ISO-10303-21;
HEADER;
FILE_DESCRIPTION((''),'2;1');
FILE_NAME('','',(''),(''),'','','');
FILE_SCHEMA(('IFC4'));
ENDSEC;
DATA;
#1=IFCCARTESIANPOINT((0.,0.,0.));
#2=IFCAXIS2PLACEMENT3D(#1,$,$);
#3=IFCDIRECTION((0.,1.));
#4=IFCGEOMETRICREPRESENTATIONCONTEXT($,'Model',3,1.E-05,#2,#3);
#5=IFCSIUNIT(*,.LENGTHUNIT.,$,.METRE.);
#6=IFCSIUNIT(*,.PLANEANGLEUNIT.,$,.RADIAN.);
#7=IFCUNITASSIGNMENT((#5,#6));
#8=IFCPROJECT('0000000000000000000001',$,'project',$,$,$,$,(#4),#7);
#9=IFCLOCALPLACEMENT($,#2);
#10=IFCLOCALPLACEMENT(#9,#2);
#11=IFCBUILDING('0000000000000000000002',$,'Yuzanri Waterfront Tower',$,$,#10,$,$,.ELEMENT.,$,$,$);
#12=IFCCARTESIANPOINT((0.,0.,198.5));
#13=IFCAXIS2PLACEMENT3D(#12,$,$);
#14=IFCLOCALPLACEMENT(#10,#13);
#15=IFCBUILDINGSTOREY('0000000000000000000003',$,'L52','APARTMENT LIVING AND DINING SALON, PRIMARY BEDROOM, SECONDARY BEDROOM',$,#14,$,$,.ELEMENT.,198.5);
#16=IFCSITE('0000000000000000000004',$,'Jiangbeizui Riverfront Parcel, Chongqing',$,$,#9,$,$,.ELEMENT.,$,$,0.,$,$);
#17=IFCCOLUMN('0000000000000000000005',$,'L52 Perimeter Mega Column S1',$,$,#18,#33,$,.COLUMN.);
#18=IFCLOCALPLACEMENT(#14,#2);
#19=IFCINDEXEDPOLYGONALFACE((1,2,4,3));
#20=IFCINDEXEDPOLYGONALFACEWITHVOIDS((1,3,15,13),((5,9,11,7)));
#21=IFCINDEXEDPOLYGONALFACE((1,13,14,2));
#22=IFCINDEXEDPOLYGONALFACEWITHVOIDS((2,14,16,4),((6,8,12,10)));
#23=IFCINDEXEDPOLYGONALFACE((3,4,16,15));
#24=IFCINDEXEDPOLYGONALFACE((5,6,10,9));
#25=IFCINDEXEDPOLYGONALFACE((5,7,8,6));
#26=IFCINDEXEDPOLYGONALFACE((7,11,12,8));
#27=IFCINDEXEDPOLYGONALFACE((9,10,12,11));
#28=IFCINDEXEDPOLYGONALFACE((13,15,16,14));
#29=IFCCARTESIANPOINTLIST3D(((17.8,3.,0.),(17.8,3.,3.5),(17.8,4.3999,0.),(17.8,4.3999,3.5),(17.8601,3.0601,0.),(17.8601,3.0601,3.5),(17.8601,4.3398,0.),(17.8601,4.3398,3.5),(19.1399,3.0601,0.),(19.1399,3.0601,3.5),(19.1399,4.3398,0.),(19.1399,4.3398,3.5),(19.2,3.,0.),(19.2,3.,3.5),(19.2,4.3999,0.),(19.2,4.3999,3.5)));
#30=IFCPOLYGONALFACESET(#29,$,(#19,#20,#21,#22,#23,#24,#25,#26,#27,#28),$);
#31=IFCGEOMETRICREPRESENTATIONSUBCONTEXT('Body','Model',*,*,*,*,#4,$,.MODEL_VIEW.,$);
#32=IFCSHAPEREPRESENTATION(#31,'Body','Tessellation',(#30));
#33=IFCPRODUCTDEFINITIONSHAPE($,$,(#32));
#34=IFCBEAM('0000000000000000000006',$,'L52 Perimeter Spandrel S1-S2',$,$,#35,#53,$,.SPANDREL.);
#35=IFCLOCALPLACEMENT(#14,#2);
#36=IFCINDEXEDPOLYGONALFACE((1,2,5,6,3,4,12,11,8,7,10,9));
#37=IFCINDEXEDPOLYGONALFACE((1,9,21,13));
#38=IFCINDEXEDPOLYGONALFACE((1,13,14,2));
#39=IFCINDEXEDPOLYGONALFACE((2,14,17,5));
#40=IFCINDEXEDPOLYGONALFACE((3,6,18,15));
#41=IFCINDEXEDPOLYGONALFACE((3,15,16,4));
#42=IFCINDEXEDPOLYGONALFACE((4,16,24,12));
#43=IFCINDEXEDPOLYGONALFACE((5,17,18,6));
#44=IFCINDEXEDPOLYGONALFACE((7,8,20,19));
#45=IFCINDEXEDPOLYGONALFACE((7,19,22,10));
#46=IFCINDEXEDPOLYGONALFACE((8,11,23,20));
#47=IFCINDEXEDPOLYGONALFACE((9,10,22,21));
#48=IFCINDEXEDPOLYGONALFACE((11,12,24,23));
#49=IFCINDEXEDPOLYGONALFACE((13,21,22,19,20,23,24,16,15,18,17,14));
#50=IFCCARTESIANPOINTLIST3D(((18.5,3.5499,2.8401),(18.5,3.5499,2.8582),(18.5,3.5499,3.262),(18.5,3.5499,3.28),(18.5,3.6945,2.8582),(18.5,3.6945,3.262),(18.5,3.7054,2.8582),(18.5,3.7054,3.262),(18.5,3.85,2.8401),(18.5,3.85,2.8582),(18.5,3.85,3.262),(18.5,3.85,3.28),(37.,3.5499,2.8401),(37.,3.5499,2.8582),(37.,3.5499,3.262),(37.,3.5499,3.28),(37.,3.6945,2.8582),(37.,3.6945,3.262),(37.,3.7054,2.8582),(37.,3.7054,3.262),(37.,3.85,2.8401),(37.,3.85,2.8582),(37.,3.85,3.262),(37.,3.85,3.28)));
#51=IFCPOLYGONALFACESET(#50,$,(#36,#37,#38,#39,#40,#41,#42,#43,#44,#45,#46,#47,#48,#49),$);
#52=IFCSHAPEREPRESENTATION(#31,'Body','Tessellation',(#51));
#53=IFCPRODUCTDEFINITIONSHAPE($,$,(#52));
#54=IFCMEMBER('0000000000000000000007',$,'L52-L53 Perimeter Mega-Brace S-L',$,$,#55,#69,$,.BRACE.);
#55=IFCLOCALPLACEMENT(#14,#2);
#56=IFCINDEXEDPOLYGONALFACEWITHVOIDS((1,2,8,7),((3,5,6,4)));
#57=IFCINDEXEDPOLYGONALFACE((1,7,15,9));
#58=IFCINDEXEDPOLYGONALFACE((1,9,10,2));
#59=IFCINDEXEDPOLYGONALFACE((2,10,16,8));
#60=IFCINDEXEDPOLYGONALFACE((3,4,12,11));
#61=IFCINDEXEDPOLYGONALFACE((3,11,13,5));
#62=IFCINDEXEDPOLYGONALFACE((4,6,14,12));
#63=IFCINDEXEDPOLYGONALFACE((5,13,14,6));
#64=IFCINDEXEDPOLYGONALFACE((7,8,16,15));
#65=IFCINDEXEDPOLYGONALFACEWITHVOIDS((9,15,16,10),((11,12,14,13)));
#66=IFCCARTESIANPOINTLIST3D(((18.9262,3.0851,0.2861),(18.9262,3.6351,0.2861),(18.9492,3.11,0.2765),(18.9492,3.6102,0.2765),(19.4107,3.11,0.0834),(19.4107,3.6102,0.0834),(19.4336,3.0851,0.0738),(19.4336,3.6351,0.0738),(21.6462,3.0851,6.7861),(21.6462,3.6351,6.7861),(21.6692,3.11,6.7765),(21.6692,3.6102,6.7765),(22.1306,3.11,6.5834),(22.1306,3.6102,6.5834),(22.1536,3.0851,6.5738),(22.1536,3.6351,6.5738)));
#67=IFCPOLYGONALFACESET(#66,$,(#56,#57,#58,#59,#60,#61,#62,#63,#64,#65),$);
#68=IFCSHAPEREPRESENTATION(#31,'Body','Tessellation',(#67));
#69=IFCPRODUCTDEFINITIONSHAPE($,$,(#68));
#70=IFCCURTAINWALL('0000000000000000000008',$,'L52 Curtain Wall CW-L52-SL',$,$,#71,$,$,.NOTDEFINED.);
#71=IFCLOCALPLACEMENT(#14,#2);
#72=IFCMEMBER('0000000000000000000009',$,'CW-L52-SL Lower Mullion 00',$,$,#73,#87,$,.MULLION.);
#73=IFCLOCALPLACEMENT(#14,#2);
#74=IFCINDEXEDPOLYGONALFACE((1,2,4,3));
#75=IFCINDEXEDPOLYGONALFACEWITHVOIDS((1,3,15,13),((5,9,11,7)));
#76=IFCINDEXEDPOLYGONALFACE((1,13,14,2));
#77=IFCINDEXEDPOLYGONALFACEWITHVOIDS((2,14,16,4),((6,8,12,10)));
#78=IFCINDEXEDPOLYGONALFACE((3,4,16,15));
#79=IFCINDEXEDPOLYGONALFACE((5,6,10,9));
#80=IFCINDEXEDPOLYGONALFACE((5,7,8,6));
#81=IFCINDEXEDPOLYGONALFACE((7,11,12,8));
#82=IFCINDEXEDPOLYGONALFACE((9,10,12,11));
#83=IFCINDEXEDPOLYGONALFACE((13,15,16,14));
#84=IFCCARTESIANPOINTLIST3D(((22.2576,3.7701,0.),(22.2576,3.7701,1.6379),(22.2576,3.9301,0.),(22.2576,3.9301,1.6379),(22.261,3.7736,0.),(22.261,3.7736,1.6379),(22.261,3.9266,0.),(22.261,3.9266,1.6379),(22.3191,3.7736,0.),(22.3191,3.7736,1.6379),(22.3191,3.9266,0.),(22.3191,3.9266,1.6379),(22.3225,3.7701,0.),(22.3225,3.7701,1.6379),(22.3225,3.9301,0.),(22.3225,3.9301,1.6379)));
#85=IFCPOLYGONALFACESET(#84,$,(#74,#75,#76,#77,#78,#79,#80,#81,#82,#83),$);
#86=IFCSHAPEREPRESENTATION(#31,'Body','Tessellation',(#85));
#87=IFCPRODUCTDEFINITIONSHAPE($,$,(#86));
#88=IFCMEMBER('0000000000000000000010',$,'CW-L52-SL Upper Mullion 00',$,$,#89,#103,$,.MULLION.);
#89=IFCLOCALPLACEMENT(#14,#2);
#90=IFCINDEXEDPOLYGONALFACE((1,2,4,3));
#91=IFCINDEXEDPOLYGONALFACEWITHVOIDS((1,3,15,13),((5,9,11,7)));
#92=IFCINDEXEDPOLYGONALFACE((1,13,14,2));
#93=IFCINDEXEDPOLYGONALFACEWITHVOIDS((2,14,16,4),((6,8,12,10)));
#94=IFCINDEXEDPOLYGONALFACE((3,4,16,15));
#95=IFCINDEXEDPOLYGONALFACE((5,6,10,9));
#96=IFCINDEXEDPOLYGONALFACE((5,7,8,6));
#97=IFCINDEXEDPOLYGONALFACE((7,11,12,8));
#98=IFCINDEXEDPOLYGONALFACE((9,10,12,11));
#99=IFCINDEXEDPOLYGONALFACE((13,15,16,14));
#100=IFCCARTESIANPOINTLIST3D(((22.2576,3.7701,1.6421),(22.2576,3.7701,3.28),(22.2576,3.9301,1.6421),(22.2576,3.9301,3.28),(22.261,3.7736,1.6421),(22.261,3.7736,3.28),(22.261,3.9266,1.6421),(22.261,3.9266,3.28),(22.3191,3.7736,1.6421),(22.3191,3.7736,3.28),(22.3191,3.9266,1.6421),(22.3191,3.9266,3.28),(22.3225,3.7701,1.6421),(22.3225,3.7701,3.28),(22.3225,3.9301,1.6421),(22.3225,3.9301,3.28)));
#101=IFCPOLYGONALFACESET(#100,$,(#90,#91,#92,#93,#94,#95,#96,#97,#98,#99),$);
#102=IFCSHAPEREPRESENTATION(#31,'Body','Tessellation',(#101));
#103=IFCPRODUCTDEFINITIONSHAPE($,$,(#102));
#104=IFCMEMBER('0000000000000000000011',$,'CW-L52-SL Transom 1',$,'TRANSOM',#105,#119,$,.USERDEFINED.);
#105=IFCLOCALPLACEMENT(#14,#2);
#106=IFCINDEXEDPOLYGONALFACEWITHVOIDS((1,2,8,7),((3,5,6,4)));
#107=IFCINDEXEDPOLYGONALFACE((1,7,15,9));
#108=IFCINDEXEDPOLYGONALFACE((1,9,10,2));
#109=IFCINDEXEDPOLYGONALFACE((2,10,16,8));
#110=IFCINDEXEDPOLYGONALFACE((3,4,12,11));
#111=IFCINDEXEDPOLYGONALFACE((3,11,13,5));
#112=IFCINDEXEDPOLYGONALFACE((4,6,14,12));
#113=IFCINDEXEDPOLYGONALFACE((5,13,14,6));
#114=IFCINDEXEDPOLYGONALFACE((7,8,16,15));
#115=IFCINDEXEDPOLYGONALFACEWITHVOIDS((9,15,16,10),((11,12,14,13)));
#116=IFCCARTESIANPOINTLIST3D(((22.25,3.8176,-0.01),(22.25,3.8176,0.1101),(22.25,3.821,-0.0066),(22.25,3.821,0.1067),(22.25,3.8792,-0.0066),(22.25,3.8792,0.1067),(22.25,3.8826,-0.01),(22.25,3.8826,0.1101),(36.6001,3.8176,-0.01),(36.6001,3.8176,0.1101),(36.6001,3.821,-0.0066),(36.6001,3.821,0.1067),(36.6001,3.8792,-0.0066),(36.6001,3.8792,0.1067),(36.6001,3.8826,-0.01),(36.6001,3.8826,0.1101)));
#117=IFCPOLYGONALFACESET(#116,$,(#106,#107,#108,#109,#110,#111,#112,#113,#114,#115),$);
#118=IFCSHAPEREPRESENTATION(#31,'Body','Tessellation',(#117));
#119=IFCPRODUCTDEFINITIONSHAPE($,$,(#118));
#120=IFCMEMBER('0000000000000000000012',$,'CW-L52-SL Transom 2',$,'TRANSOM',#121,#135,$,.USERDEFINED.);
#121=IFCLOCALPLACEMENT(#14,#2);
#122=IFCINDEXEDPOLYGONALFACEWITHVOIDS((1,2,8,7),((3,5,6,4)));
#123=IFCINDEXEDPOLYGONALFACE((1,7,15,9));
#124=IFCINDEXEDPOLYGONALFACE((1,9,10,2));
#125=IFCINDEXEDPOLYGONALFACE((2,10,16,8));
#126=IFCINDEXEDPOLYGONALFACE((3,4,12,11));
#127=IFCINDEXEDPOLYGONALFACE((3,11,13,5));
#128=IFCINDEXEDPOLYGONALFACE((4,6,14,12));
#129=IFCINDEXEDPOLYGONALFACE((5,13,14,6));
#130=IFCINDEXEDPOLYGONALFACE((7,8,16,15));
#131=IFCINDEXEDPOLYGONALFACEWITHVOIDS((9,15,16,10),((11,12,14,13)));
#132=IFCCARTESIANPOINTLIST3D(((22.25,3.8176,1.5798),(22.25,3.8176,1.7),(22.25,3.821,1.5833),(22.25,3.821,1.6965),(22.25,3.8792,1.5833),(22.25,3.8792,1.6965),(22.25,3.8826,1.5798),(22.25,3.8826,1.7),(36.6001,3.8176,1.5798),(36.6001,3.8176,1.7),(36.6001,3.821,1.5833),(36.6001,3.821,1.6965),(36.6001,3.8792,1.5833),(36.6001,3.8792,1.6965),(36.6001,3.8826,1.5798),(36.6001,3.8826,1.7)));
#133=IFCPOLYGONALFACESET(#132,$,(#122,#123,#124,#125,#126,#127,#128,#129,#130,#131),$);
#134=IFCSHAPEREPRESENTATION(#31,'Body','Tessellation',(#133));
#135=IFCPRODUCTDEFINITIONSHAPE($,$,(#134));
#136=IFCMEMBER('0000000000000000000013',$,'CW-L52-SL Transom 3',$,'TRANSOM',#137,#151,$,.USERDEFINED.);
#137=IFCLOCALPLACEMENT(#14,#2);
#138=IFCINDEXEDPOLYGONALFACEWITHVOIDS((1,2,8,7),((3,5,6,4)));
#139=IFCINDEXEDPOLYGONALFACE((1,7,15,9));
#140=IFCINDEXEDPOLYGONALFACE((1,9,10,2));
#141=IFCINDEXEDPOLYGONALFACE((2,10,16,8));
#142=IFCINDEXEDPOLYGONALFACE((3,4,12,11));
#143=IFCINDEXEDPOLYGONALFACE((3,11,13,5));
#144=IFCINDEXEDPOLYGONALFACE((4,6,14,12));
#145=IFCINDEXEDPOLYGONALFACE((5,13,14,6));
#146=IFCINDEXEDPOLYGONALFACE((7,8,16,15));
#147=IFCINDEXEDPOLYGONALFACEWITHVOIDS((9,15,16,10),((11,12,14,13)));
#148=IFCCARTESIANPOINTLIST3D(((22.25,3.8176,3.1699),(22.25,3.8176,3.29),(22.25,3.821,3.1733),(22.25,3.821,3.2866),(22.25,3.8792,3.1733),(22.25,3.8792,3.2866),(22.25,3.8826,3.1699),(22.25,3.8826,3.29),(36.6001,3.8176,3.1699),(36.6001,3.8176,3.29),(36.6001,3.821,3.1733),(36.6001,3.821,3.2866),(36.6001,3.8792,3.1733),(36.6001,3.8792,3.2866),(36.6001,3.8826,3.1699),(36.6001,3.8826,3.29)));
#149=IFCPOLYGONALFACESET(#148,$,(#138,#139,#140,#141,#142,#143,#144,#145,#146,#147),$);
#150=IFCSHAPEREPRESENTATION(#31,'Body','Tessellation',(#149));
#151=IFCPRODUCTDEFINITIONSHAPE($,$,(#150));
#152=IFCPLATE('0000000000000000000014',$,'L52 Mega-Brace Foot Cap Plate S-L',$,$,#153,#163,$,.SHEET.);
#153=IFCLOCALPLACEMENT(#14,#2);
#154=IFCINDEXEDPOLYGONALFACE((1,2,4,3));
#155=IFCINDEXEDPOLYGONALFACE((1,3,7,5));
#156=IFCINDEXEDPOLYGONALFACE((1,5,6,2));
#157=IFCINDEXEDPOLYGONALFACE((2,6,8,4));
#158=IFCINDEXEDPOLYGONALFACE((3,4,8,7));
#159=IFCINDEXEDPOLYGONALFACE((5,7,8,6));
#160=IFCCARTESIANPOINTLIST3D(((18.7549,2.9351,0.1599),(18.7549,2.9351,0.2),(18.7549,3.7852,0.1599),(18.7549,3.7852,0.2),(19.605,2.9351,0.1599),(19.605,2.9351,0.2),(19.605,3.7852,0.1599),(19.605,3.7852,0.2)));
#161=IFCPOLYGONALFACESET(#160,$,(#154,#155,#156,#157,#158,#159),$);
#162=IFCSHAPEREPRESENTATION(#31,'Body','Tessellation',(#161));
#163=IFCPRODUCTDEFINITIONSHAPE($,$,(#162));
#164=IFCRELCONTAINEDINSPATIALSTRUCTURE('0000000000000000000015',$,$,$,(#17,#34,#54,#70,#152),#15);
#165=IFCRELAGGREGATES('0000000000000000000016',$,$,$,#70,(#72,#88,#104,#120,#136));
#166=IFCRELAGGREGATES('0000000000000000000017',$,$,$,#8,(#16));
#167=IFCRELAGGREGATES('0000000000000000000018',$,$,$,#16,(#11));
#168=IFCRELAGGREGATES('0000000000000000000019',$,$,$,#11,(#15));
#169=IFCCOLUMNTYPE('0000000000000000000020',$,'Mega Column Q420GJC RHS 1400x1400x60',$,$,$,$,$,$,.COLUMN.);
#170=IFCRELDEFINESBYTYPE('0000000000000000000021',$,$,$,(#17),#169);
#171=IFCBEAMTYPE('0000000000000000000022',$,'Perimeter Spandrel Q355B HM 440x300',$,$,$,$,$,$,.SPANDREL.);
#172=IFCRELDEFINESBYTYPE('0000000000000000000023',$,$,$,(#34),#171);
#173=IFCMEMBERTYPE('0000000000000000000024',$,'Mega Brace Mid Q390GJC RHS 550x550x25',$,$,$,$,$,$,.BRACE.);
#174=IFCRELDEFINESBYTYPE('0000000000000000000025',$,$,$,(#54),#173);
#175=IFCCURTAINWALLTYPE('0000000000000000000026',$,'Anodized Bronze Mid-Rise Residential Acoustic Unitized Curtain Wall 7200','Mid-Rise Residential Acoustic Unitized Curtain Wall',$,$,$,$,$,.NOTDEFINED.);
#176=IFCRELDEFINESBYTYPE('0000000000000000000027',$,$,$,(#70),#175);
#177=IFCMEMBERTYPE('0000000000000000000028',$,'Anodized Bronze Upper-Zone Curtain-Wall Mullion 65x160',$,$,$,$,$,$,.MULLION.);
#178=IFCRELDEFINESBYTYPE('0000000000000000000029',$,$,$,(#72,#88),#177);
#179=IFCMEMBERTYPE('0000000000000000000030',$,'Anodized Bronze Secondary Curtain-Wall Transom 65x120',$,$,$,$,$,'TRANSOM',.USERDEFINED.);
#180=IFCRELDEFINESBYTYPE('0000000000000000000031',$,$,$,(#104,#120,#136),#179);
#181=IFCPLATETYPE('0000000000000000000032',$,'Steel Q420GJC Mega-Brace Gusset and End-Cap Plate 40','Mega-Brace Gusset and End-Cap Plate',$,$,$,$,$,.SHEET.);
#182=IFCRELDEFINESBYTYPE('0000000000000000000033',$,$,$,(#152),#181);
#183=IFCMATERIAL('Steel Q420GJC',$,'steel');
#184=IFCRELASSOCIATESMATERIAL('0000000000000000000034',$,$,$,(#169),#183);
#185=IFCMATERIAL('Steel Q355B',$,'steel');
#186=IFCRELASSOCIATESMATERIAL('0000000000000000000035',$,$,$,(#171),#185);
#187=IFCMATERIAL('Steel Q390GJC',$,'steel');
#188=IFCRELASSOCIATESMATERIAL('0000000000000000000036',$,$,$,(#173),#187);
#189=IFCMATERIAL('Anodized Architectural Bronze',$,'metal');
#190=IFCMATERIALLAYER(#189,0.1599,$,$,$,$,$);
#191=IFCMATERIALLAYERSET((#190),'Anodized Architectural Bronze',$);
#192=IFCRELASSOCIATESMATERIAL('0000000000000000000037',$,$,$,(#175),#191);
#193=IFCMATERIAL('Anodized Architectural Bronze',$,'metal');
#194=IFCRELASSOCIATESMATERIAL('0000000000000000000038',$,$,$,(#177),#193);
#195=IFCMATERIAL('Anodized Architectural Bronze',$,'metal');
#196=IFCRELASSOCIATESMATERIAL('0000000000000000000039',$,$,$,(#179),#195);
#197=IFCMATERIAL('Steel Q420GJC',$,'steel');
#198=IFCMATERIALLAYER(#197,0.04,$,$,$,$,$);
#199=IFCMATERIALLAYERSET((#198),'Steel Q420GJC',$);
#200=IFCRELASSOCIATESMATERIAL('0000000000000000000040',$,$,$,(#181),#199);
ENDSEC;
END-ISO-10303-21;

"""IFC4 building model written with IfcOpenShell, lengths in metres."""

from ifc_helpers import new_model, si_unit, direction, frame, origin, origin_2d, place, context, subcontext, project, spatial, rectangle, hollow_rectangle, i_section, extrude, source, transform, mapped, material, layer, layer_set, material_profile, profile_set, type_object, element, aggregate, save


model = new_model("IFC4")

# Units and contexts
model_context = context("Model", 3, precision=1e-05, world=origin(), true_north=direction((0.0, 1.0)))
body_context = subcontext(model_context, "Body", "Model", "MODEL_VIEW")
ifc_project = project(units=[si_unit("LENGTHUNIT", "METRE"), si_unit("PLANEANGLEUNIT", "RADIAN")], contexts=[model_context])

# Site, building, storey
site_placement = place(None, origin())
site = spatial("IfcSite", under=ifc_project, at=site_placement, Name="Jiangbeizui Riverfront Parcel, Chongqing", CompositionType="ELEMENT", RefElevation=0.0)
building_placement = place(site_placement, origin())
building = spatial("IfcBuilding", under=site, at=building_placement, Name="Yuzanri Waterfront Tower", CompositionType="ELEMENT")
storey_placement = place(building_placement, frame((0.0, 0.0, 198.5)))
storey = spatial("IfcBuildingStorey", under=building, at=storey_placement, Name="L52", Description="APARTMENT LIVING AND DINING SALON, PRIMARY BEDROOM, SECONDARY BEDROOM", CompositionType="ELEMENT", Elevation=198.5)

# Column
ifc_material_1 = material(Name="Steel Q420GJC", Category="steel")
ifc_material_profile_1 = material_profile(ifc_material_1, hollow_rectangle(XDim=1.3999, YDim=1.3999, WallThickness=0.0601, at=origin_2d()), Name="RHS 1400x1400x60")
ifc_profile_set_1 = profile_set([ifc_material_profile_1], Name="Steel Q420GJC")
column_type = type_object("IfcColumnType", Name="Mega Column Q420GJC RHS 1400x1400x60", PredefinedType="COLUMN", material=ifc_profile_set_1)
shared_shape_1 = source(origin(), body_context, "Body", "SweptSolid", [
    extrude(hollow_rectangle(XDim=1.3999, YDim=1.3999, WallThickness=0.0601, at=origin_2d()), origin(), (0.0, 0.0, 1.0), 3.5),
])
column_placement = place(storey_placement, frame((18.5, 3.7, 0.0), z_axis=(0.0, 0.0, 1.0), x_axis=(1.0, 0.0, 0.0)))
element("IfcColumn", 1, at=column_placement, inside=storey, type_object=column_type, Name="L52 Perimeter Mega Column S1", PredefinedType="COLUMN", context=body_context, shape_type="MappedRepresentation", body=[
    mapped(shared_shape_1, transform((0.0, 0.0, 0.0), scale=1.0)),
])

# Beam
ifc_material_2 = material(Name="Steel Q355B", Category="steel")
ifc_material_profile_2 = material_profile(ifc_material_2, i_section(OverallWidth=0.3, OverallDepth=0.4399, WebThickness=0.011, FlangeThickness=0.0181, at=origin_2d()), Name="HM 440x300x11x18")
ifc_profile_set_2 = profile_set([ifc_material_profile_2], Name="Steel Q355B")
beam_type = type_object("IfcBeamType", Name="Perimeter Spandrel Q355B HM 440x300", PredefinedType="SPANDREL", material=ifc_profile_set_2)
shared_shape_2 = source(origin(), body_context, "Body", "SweptSolid", [
    extrude(i_section(OverallWidth=0.3, OverallDepth=0.4399, WebThickness=0.011, FlangeThickness=0.0181, at=origin_2d()), origin(), (0.0, 0.0, 1.0), 18.5),
])
beam_placement = place(storey_placement, frame((18.5, 3.7, 3.0601), z_axis=(1.0, 0.0, 0.0), x_axis=(0.0, 1.0, 0.0)))
element("IfcBeam", 2, at=beam_placement, inside=storey, type_object=beam_type, Name="L52 Perimeter Spandrel S1-S2", PredefinedType="SPANDREL", context=body_context, shape_type="MappedRepresentation", body=[
    mapped(shared_shape_2, transform((0.0, 0.0, 0.0), scale=1.0)),
])

# Member
ifc_material_3 = material(Name="Steel Q390GJC", Category="steel")
ifc_material_profile_3 = material_profile(ifc_material_3, hollow_rectangle(XDim=0.55, YDim=0.55, WallThickness=0.0249, at=origin_2d()), Name="RHS 550x550x25")
ifc_profile_set_3 = profile_set([ifc_material_profile_3], Name="Steel Q390GJC")
member_type_1 = type_object("IfcMemberType", Name="Mega Brace Mid Q390GJC RHS 550x550x25", PredefinedType="BRACE", material=ifc_profile_set_3)
shared_shape_3 = source(origin(), body_context, "Body", "SweptSolid", [
    extrude(hollow_rectangle(XDim=0.55, YDim=0.55, WallThickness=0.0249, at=origin_2d()), origin(), (0.0, 0.0, 1.0), 7.0461),
])
member_1_placement = place(storey_placement, frame((19.1799, 3.3601, 0.1799), z_axis=(0.386022, 0.0, 0.922489), x_axis=(0.0, 1.0, 0.0)))
element("IfcMember", 3, at=member_1_placement, inside=storey, type_object=member_type_1, Name="L52-L53 Perimeter Mega-Brace S-L", PredefinedType="BRACE", context=body_context, shape_type="MappedRepresentation", body=[
    mapped(shared_shape_3, transform((0.0, 0.0, 0.0), scale=1.0)),
])

# Curtain wall, members
ifc_material_4 = material(Name="Anodized Architectural Bronze", Category="metal")
ifc_layer_1 = layer(ifc_material_4, 0.1599)
ifc_layer_set_1 = layer_set([ifc_layer_1], Name="Anodized Architectural Bronze")
curtain_wall_type = type_object("IfcCurtainWallType", Name="Anodized Bronze Mid-Rise Residential Acoustic Unitized Curtain Wall 7200", Description="Mid-Rise Residential Acoustic Unitized Curtain Wall", PredefinedType="NOTDEFINED", material=ifc_layer_set_1)
curtain_wall_placement = place(storey_placement, origin())
curtain_wall = element("IfcCurtainWall", 4, at=curtain_wall_placement, inside=storey, type_object=curtain_wall_type, Name="L52 Curtain Wall CW-L52-SL", PredefinedType="NOTDEFINED")
ifc_material_5 = material(Name="Anodized Architectural Bronze", Category="metal")
ifc_material_profile_4 = material_profile(ifc_material_5, hollow_rectangle(XDim=0.0649, YDim=0.1599, WallThickness=0.0034, at=origin_2d()), Name="CWM 65x160")
ifc_profile_set_4 = profile_set([ifc_material_profile_4], Name="Anodized Architectural Bronze")
member_type_2 = type_object("IfcMemberType", Name="Anodized Bronze Upper-Zone Curtain-Wall Mullion 65x160", PredefinedType="MULLION", material=ifc_profile_set_4)
shared_shape_4 = source(origin(), body_context, "Body", "SweptSolid", [
    extrude(hollow_rectangle(XDim=0.0649, YDim=0.1599, WallThickness=0.0034, at=origin_2d()), origin(), (0.0, 0.0, 1.0), 1.6379),
])
member_2_placement = place(storey_placement, frame((22.29, 3.8501, 0.0), z_axis=(0.0, 0.0, 1.0), x_axis=(1.0, 0.0, 0.0)))
member_2 = element("IfcMember", 5, at=member_2_placement, type_object=member_type_2, Name="CW-L52-SL Lower Mullion 00", PredefinedType="MULLION", context=body_context, shape_type="MappedRepresentation", body=[
    mapped(shared_shape_4, transform((0.0, 0.0, 0.0), scale=1.0)),
])
member_3_placement = place(storey_placement, frame((22.29, 3.8501, 1.6421), z_axis=(0.0, 0.0, 1.0), x_axis=(1.0, 0.0, 0.0)))
member_3 = element("IfcMember", 6, at=member_3_placement, type_object=member_type_2, Name="CW-L52-SL Upper Mullion 00", PredefinedType="MULLION", context=body_context, shape_type="MappedRepresentation", body=[
    mapped(shared_shape_4, transform((0.0, 0.0, 0.0), scale=1.0)),
])
ifc_material_6 = material(Name="Anodized Architectural Bronze", Category="metal")
ifc_material_profile_5 = material_profile(ifc_material_6, hollow_rectangle(XDim=0.0649, YDim=0.1201, WallThickness=0.0034, at=origin_2d()), Name="CWT 65x120")
ifc_profile_set_5 = profile_set([ifc_material_profile_5], Name="Anodized Architectural Bronze")
member_type_3 = type_object("IfcMemberType", Name="Anodized Bronze Secondary Curtain-Wall Transom 65x120", ElementType="TRANSOM", PredefinedType="USERDEFINED", material=ifc_profile_set_5)
shared_shape_5 = source(origin(), body_context, "Body", "SweptSolid", [
    extrude(hollow_rectangle(XDim=0.0649, YDim=0.1201, WallThickness=0.0034, at=origin_2d()), origin(), (0.0, 0.0, 1.0), 14.3501),
])
member_4_placement = place(storey_placement, frame((22.25, 3.8501, 0.05), z_axis=(1.0, 0.0, 0.0), x_axis=(0.0, 1.0, 0.0)))
member_4 = element("IfcMember", 7, at=member_4_placement, type_object=member_type_3, Name="CW-L52-SL Transom 1", ObjectType="TRANSOM", PredefinedType="USERDEFINED", context=body_context, shape_type="MappedRepresentation", body=[
    mapped(shared_shape_5, transform((0.0, 0.0, 0.0), scale=1.0)),
])
member_5_placement = place(storey_placement, frame((22.25, 3.8501, 1.6399), z_axis=(1.0, 0.0, 0.0), x_axis=(0.0, 1.0, 0.0)))
member_5 = element("IfcMember", 8, at=member_5_placement, type_object=member_type_3, Name="CW-L52-SL Transom 2", ObjectType="TRANSOM", PredefinedType="USERDEFINED", context=body_context, shape_type="MappedRepresentation", body=[
    mapped(shared_shape_5, transform((0.0, 0.0, 0.0), scale=1.0)),
])
member_6_placement = place(storey_placement, frame((22.25, 3.8501, 3.23), z_axis=(1.0, 0.0, 0.0), x_axis=(0.0, 1.0, 0.0)))
member_6 = element("IfcMember", 9, at=member_6_placement, type_object=member_type_3, Name="CW-L52-SL Transom 3", ObjectType="TRANSOM", PredefinedType="USERDEFINED", context=body_context, shape_type="MappedRepresentation", body=[
    mapped(shared_shape_5, transform((0.0, 0.0, 0.0), scale=1.0)),
])
aggregate(curtain_wall, [member_2, member_3, member_4, member_5, member_6])

# Plate
ifc_material_7 = material(Name="Steel Q420GJC", Category="steel")
ifc_layer_2 = layer(ifc_material_7, 0.04)
ifc_layer_set_2 = layer_set([ifc_layer_2], Name="Steel Q420GJC")
plate_type = type_object("IfcPlateType", Name="Steel Q420GJC Mega-Brace Gusset and End-Cap Plate 40", Description="Mega-Brace Gusset and End-Cap Plate", PredefinedType="SHEET", material=ifc_layer_set_2)
shared_shape_6 = source(origin(), body_context, "Body", "SweptSolid", [
    extrude(rectangle(XDim=0.8501, YDim=0.8501, at=origin_2d()), origin(), (0.0, 0.0, 1.0), 0.04),
])
plate_placement = place(storey_placement, frame((19.1799, 3.3601, 0.1599), z_axis=(0.0, 0.0, 1.0), x_axis=(1.0, 0.0, 0.0)))
element("IfcPlate", 10, at=plate_placement, inside=storey, type_object=plate_type, Name="L52 Mega-Brace Foot Cap Plate S-L", PredefinedType="SHEET", context=body_context, shape_type="MappedRepresentation", body=[
    mapped(shared_shape_6, transform((0.0, 0.0, 0.0), scale=1.0)),
])

save(model, "model.ifc")
